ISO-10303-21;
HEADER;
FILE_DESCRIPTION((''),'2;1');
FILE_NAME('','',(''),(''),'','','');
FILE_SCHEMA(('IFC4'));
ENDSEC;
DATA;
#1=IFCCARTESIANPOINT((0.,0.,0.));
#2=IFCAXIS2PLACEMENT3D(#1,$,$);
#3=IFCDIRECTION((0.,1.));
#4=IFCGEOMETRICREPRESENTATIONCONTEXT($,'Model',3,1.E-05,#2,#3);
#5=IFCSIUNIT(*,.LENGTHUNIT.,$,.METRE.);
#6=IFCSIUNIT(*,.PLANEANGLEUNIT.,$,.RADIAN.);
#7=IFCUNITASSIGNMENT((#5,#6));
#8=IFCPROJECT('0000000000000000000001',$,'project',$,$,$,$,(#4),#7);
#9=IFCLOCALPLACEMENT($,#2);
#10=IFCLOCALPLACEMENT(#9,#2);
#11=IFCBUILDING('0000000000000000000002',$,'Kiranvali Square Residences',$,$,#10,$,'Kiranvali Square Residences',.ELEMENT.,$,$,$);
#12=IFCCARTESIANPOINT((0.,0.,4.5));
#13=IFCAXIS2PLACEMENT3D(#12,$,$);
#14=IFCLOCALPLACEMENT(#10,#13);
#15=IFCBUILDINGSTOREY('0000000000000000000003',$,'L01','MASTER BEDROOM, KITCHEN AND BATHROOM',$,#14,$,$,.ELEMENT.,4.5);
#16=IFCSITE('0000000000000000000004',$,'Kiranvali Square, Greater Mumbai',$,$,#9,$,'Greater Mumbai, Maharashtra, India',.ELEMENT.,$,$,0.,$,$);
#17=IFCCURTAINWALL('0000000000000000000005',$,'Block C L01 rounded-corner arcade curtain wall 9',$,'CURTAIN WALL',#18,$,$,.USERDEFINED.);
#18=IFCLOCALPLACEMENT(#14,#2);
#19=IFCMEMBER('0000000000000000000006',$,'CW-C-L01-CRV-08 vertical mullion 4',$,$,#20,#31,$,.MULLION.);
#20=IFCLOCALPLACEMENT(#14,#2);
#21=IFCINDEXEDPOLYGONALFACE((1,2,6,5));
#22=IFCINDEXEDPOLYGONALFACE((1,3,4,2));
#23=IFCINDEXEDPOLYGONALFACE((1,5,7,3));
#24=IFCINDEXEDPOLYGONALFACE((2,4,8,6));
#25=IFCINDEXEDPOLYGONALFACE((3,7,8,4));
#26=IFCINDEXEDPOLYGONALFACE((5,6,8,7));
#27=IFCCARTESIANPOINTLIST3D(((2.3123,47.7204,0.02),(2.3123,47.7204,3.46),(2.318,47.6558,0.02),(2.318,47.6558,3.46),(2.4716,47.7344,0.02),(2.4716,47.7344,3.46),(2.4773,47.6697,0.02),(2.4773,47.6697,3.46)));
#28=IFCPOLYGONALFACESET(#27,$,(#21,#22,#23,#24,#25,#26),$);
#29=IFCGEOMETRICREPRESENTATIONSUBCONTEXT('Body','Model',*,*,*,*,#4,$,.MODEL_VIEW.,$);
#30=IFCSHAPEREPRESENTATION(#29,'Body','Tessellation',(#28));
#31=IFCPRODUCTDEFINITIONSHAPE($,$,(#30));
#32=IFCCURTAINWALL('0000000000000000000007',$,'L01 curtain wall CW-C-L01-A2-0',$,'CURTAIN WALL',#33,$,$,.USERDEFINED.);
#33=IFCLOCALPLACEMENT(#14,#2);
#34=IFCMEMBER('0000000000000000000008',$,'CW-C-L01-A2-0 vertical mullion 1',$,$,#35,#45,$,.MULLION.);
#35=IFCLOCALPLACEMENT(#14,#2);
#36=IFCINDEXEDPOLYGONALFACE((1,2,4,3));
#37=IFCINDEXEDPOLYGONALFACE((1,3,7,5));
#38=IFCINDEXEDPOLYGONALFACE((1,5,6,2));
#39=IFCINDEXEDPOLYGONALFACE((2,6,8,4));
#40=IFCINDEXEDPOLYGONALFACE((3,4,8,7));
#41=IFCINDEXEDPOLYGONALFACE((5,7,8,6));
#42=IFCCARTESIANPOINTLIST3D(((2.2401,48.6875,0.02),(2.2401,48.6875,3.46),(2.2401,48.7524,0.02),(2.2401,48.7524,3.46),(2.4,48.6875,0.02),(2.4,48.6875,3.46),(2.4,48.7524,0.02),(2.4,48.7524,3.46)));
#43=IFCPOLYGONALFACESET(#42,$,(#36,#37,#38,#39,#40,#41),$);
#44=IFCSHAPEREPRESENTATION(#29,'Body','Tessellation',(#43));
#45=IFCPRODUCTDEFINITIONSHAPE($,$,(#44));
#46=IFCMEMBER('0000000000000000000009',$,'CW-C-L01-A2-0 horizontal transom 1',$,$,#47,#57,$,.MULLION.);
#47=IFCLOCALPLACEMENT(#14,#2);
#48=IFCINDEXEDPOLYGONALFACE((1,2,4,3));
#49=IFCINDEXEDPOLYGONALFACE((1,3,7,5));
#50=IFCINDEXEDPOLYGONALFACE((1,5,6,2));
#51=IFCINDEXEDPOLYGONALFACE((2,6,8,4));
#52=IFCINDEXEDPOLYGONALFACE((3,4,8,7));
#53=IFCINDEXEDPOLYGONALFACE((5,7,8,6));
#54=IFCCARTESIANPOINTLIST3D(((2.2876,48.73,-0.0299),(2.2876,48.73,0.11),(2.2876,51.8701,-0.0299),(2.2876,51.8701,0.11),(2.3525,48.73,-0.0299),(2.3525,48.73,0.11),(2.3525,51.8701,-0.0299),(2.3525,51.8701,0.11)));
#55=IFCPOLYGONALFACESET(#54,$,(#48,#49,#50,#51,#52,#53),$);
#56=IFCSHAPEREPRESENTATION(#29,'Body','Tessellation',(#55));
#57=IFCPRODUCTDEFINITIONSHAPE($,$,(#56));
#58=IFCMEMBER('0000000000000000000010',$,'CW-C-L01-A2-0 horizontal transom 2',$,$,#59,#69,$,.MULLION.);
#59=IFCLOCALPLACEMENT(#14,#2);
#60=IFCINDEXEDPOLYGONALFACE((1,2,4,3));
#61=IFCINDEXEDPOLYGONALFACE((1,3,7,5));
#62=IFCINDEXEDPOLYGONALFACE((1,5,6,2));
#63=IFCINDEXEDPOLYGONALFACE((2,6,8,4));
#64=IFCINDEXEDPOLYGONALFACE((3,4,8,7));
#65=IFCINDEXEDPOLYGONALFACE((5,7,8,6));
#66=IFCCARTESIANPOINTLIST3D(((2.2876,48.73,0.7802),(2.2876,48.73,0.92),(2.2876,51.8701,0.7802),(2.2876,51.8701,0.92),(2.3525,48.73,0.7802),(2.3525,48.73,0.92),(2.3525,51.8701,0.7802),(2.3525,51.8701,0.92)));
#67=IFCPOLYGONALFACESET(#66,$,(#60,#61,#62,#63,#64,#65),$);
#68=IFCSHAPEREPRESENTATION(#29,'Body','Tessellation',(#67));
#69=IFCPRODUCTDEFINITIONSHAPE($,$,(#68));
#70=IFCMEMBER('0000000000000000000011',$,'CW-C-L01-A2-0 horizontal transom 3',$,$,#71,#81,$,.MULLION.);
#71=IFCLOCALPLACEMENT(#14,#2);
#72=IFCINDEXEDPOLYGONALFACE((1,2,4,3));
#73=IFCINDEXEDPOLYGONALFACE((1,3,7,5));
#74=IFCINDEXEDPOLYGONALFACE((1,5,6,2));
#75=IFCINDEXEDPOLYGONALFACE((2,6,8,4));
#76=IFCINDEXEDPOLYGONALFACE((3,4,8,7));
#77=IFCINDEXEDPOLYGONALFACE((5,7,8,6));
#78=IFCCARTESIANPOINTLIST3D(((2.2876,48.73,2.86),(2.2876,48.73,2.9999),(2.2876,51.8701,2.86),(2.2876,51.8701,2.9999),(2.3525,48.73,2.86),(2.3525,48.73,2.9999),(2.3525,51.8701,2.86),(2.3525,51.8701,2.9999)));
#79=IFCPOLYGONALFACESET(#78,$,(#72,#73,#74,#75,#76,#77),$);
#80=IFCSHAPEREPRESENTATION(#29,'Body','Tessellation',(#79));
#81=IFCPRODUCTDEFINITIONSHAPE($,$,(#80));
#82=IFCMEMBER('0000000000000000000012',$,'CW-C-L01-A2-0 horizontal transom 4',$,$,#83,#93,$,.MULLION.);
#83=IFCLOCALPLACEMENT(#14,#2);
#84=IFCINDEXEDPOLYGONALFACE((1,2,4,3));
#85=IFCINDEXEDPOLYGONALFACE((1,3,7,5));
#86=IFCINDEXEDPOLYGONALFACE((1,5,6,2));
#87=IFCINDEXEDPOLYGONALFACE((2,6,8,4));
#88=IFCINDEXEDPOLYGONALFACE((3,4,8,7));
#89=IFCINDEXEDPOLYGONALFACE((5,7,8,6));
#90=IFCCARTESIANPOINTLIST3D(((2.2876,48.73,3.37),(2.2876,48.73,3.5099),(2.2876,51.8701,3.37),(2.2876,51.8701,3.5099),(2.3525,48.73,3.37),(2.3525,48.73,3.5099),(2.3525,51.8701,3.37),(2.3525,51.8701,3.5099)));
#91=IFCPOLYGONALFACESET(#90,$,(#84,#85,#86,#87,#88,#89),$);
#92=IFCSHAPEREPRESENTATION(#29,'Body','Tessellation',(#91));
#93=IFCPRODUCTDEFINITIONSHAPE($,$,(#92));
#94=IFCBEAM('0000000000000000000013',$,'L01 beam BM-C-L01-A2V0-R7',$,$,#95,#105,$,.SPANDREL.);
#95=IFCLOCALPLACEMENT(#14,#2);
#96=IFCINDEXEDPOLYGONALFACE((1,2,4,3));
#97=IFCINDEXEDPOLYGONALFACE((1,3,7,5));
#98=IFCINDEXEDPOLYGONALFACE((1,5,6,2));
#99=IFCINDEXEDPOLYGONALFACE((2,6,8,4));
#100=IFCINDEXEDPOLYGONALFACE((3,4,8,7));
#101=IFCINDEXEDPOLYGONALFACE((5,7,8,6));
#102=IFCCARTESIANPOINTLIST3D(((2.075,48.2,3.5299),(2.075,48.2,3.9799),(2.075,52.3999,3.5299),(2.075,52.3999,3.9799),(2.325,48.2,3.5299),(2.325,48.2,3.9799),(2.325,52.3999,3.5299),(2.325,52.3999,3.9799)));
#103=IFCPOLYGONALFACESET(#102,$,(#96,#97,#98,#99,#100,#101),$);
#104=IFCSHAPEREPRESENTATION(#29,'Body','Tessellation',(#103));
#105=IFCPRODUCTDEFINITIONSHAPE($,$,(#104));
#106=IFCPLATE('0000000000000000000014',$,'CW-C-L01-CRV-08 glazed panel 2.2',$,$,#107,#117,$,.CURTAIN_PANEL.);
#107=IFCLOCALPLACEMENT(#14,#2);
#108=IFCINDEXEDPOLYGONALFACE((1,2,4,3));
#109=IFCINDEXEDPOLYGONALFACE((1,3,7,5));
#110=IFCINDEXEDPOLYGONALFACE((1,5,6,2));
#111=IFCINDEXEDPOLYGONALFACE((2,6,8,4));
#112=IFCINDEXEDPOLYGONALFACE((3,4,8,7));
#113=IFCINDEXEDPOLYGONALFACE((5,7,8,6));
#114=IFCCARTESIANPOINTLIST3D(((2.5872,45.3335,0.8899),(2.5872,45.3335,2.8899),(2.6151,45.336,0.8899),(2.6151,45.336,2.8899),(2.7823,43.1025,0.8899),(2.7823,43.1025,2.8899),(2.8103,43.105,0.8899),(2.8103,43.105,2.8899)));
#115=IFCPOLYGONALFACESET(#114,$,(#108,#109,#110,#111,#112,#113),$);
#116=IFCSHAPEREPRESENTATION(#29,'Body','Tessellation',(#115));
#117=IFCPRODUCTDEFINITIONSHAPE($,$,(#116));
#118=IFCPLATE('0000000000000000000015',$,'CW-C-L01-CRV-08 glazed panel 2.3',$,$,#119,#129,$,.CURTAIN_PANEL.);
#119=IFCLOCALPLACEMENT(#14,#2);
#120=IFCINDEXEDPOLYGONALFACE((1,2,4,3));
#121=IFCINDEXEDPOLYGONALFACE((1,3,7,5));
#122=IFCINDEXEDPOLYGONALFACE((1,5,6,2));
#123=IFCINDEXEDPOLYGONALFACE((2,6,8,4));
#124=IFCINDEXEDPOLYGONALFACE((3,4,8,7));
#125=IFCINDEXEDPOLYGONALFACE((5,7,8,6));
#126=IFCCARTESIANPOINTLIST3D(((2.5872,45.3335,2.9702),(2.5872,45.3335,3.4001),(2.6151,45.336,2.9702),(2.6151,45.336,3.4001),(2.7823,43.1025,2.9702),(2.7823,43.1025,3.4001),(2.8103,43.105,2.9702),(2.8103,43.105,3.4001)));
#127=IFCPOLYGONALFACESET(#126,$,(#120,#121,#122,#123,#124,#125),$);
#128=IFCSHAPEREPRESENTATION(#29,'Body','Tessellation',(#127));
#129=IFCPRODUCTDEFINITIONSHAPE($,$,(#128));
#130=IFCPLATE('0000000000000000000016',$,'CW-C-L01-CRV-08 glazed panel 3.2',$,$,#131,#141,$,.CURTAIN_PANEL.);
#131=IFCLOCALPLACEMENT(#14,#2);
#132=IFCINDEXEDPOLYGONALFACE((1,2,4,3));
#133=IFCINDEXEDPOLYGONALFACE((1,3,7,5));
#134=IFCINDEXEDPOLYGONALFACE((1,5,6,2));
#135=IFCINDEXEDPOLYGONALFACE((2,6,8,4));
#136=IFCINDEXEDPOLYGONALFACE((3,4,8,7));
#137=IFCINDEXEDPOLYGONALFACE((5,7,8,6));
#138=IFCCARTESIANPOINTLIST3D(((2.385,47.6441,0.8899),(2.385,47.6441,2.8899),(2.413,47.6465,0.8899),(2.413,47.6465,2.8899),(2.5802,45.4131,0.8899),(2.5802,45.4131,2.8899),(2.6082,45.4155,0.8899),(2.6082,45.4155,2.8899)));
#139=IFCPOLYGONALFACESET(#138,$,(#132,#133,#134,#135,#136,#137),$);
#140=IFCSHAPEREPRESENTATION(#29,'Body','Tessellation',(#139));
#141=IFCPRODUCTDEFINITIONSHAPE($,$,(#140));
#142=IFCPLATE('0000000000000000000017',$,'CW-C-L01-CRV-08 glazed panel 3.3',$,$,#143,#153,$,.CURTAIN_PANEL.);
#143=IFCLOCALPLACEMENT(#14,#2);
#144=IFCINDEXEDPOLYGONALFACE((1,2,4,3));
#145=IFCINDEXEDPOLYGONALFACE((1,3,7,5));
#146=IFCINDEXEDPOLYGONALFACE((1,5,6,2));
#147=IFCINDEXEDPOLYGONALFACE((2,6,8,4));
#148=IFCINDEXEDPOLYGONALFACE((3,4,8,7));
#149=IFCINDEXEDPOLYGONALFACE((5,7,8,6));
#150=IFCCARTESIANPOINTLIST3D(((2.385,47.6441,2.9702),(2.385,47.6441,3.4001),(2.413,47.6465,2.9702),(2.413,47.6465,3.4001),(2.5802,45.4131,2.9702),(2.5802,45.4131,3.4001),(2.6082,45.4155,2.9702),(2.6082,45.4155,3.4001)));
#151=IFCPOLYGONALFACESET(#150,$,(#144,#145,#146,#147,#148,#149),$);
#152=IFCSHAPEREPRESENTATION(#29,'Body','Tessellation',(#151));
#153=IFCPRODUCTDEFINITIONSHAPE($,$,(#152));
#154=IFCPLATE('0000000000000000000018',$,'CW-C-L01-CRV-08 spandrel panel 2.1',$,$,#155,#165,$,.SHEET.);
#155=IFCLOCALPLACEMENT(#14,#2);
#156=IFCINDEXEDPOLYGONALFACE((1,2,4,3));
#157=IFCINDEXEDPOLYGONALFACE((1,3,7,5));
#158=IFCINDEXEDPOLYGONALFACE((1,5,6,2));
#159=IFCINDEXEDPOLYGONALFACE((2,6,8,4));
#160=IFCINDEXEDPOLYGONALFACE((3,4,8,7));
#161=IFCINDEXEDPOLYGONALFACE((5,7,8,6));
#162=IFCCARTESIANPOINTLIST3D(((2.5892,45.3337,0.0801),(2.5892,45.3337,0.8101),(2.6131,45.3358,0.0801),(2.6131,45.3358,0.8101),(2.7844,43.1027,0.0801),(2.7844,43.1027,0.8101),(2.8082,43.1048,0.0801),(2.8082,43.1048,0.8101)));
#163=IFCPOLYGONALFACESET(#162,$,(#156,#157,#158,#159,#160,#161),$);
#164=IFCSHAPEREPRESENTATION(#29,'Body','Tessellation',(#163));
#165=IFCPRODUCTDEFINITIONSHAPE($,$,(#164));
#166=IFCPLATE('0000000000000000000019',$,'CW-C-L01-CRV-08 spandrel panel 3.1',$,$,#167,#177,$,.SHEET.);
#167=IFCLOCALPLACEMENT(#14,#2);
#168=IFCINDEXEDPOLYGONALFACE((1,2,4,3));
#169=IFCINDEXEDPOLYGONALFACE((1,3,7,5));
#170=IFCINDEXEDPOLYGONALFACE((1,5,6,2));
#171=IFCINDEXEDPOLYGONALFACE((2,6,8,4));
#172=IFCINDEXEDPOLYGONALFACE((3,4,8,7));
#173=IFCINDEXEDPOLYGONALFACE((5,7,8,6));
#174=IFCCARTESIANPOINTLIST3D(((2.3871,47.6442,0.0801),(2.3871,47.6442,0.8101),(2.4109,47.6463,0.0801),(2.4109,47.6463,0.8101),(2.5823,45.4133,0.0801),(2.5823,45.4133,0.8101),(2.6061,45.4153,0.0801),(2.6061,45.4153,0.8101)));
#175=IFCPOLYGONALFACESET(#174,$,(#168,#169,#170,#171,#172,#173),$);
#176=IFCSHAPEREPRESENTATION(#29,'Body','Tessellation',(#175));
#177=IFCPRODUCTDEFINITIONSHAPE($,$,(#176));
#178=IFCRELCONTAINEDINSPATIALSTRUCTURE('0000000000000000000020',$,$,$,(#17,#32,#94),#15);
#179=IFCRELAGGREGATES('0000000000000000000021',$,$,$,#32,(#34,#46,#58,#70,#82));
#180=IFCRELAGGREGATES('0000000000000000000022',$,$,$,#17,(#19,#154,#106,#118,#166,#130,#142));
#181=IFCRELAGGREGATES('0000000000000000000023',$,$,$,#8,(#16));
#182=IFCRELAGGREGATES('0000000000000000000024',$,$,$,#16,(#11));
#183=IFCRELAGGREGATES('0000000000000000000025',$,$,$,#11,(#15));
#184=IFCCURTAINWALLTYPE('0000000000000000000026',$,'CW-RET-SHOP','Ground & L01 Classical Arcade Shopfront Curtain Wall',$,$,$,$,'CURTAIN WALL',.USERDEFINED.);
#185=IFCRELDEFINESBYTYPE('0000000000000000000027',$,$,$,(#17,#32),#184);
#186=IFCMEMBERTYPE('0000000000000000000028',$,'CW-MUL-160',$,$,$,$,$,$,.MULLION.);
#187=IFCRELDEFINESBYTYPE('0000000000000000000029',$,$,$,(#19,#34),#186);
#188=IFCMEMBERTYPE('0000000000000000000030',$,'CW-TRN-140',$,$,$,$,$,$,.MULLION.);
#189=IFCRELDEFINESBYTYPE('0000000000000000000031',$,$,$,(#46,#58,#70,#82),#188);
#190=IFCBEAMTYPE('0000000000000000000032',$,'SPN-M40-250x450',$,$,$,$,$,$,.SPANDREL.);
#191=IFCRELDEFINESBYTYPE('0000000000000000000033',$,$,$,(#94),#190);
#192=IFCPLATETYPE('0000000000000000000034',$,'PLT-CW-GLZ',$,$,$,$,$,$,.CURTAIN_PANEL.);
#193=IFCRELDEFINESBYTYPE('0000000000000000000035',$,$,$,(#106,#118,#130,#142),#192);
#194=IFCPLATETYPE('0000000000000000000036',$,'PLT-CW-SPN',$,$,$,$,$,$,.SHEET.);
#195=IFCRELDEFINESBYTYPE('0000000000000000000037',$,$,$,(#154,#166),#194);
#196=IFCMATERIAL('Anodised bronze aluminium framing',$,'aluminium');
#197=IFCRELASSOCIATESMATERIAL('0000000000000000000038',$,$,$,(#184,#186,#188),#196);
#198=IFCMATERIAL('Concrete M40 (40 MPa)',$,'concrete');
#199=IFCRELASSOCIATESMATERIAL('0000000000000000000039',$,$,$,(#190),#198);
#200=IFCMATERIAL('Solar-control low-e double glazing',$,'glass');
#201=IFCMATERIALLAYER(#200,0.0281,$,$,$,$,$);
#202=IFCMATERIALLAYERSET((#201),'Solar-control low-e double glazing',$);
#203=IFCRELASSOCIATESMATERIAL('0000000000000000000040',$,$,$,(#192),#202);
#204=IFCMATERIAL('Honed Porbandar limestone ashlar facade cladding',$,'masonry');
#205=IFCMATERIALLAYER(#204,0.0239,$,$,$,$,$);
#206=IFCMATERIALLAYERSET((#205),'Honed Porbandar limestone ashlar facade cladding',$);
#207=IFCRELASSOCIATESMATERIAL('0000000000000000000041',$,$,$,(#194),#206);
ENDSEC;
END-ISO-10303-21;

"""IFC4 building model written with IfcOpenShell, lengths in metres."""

from ifc_helpers import new_model, si_unit, direction, frame, origin, origin_2d, place, context, subcontext, project, spatial, rectangle, extrude, material, layer, layer_set, material_profile, profile_set, type_object, element, aggregate, save


model = new_model("IFC4")

# Units and contexts
model_context = context("Model", 3, precision=1e-05, world=origin(), true_north=direction((0.0, 1.0)))
body_context = subcontext(model_context, "Body", "Model", "MODEL_VIEW")
ifc_project = project(units=[si_unit("LENGTHUNIT", "METRE"), si_unit("PLANEANGLEUNIT", "RADIAN")], contexts=[model_context])

# Site, building, storey
site_placement = place(None, origin())
site = spatial("IfcSite", under=ifc_project, at=site_placement, Name="Kiranvali Square, Greater Mumbai", LongName="Greater Mumbai, Maharashtra, India", CompositionType="ELEMENT", RefElevation=0.0)
building_placement = place(site_placement, origin())
building = spatial("IfcBuilding", under=site, at=building_placement, Name="Kiranvali Square Residences", LongName="Kiranvali Square Residences", CompositionType="ELEMENT")
storey_placement = place(building_placement, frame((0.0, 0.0, 4.5)))
storey = spatial("IfcBuildingStorey", under=building, at=storey_placement, Name="L01", Description="MASTER BEDROOM, KITCHEN AND BATHROOM", CompositionType="ELEMENT", Elevation=4.5)

# Shared definitions
ifc_material_1 = material(Name="Concrete M40 (40 MPa)", Category="concrete")

# Curtain walls, members
ifc_material_2 = material(Name="Anodised bronze aluminium framing", Category="aluminium")
curtain_wall_type = type_object("IfcCurtainWallType", Name="CW-RET-SHOP", Description="Ground & L01 Classical Arcade Shopfront Curtain Wall", ElementType="CURTAIN WALL", PredefinedType="USERDEFINED", material=ifc_material_2)
curtain_wall_1_placement = place(storey_placement, origin())
curtain_wall_1 = element("IfcCurtainWall", 1, at=curtain_wall_1_placement, inside=storey, type_object=curtain_wall_type, Name="Block C L01 rounded-corner arcade curtain wall 9", ObjectType="CURTAIN WALL", PredefinedType="USERDEFINED")
ifc_material_profile_1 = material_profile(ifc_material_2, rectangle(XDim=0.0649, YDim=0.1599, at=origin_2d()), Name="ALU 65x160")
ifc_profile_set_1 = profile_set([ifc_material_profile_1], Name="Anodised bronze aluminium framing")
member_type_1 = type_object("IfcMemberType", Name="CW-MUL-160", PredefinedType="MULLION", material=ifc_profile_set_1)
member_1_placement = place(storey_placement, frame((2.3948, 47.6951, 0.02), z_axis=(0.0, 0.0, 1.0), x_axis=(-0.087156, 0.996195, 0.0)))
member_1 = element("IfcMember", 2, at=member_1_placement, type_object=member_type_1, Name="CW-C-L01-CRV-08 vertical mullion 4", PredefinedType="MULLION", context=body_context, shape_type="SweptSolid", body=[
    extrude(rectangle(XDim=0.0649, YDim=0.1599, at=origin_2d()), origin(), (0.0, 0.0, 1.0), 3.4399),
])
curtain_wall_2_placement = place(storey_placement, origin())
curtain_wall_2 = element("IfcCurtainWall", 3, at=curtain_wall_2_placement, inside=storey, type_object=curtain_wall_type, Name="L01 curtain wall CW-C-L01-A2-0", ObjectType="CURTAIN WALL", PredefinedType="USERDEFINED")
member_2_placement = place(storey_placement, frame((2.3201, 48.72, 0.02), z_axis=(0.0, 0.0, 1.0), x_axis=(0.0, 1.0, 0.0)))
member_2 = element("IfcMember", 4, at=member_2_placement, type_object=member_type_1, Name="CW-C-L01-A2-0 vertical mullion 1", PredefinedType="MULLION", context=body_context, shape_type="SweptSolid", body=[
    extrude(rectangle(XDim=0.0649, YDim=0.1599, at=origin_2d()), origin(), (0.0, 0.0, 1.0), 3.4399),
])
ifc_material_profile_2 = material_profile(ifc_material_2, rectangle(XDim=0.0649, YDim=0.1399, at=origin_2d()), Name="ALU 65x140")
ifc_profile_set_2 = profile_set([ifc_material_profile_2], Name="Anodised bronze aluminium framing")
member_type_2 = type_object("IfcMemberType", Name="CW-TRN-140", PredefinedType="MULLION", material=ifc_profile_set_2)
member_3_placement = place(storey_placement, frame((2.3201, 48.73, 0.04), z_axis=(0.0, 1.0, 0.0), x_axis=(-1.0, 0.0, 0.0)))
member_3 = element("IfcMember", 5, at=member_3_placement, type_object=member_type_2, Name="CW-C-L01-A2-0 horizontal transom 1", PredefinedType="MULLION", context=body_context, shape_type="SweptSolid", body=[
    extrude(rectangle(XDim=0.0649, YDim=0.1399, at=origin_2d()), origin(), (0.0, 0.0, 1.0), 3.1401),
])
member_4_placement = place(storey_placement, frame((2.3201, 48.73, 0.8501), z_axis=(0.0, 1.0, 0.0), x_axis=(-1.0, 0.0, 0.0)))
member_4 = element("IfcMember", 6, at=member_4_placement, type_object=member_type_2, Name="CW-C-L01-A2-0 horizontal transom 2", PredefinedType="MULLION", context=body_context, shape_type="SweptSolid", body=[
    extrude(rectangle(XDim=0.0649, YDim=0.1399, at=origin_2d()), origin(), (0.0, 0.0, 1.0), 3.1401),
])
member_5_placement = place(storey_placement, frame((2.3201, 48.73, 2.9299), z_axis=(0.0, 1.0, 0.0), x_axis=(-1.0, 0.0, 0.0)))
member_5 = element("IfcMember", 7, at=member_5_placement, type_object=member_type_2, Name="CW-C-L01-A2-0 horizontal transom 3", PredefinedType="MULLION", context=body_context, shape_type="SweptSolid", body=[
    extrude(rectangle(XDim=0.0649, YDim=0.1399, at=origin_2d()), origin(), (0.0, 0.0, 1.0), 3.1401),
])
member_6_placement = place(storey_placement, frame((2.3201, 48.73, 3.4399), z_axis=(0.0, 1.0, 0.0), x_axis=(-1.0, 0.0, 0.0)))
member_6 = element("IfcMember", 8, at=member_6_placement, type_object=member_type_2, Name="CW-C-L01-A2-0 horizontal transom 4", PredefinedType="MULLION", context=body_context, shape_type="SweptSolid", body=[
    extrude(rectangle(XDim=0.0649, YDim=0.1399, at=origin_2d()), origin(), (0.0, 0.0, 1.0), 3.1401),
])
aggregate(curtain_wall_2, [member_2, member_3, member_4, member_5, member_6])

# Beam
ifc_material_profile_3 = material_profile(ifc_material_1, rectangle(XDim=0.25, YDim=0.45, at=origin_2d()), Name="RC 250x450")
ifc_profile_set_3 = profile_set([ifc_material_profile_3], Name="Concrete M40 (40 MPa)")
beam_type_1 = type_object("IfcBeamType", Name="SPN-M40-250x450", PredefinedType="SPANDREL", material=ifc_profile_set_3)
beam_1_placement = place(storey_placement, frame((2.2, 48.2, 3.7549), z_axis=(0.0, 1.0, 0.0), x_axis=(-1.0, 0.0, 0.0)))
element("IfcBeam", 9, at=beam_1_placement, inside=storey, type_object=beam_type_1, Name="L01 beam BM-C-L01-A2V0-R7", PredefinedType="SPANDREL", context=body_context, shape_type="SweptSolid", body=[
    extrude(rectangle(XDim=0.25, YDim=0.45, at=origin_2d()), origin(), (0.0, 0.0, 1.0), 4.2),
])

# Plates
ifc_material_3 = material(Name="Solar-control low-e double glazing", Category="glass")
ifc_layer_1 = layer(ifc_material_3, 0.0281)
ifc_layer_set_1 = layer_set([ifc_layer_1], Name="Solar-control low-e double glazing")
plate_type_1 = type_object("IfcPlateType", Name="PLT-CW-GLZ", PredefinedType="CURTAIN_PANEL", material=ifc_layer_set_1)
plate_1_placement = place(storey_placement, frame((2.6987, 44.2192, 0.8899), z_axis=(0.0, 0.0, 1.0), x_axis=(-0.087156, 0.996195, 0.0)))
plate_1 = element("IfcPlate", 10, at=plate_1_placement, type_object=plate_type_1, Name="CW-C-L01-CRV-08 glazed panel 2.2", PredefinedType="CURTAIN_PANEL", context=body_context, shape_type="SweptSolid", body=[
    extrude(rectangle(XDim=2.2395, YDim=0.0281, at=origin_2d()), origin(), (0.0, 0.0, 1.0), 2.0),
])
plate_2_placement = place(storey_placement, frame((2.6987, 44.2192, 2.9702), z_axis=(0.0, 0.0, 1.0), x_axis=(-0.087156, 0.996195, 0.0)))
plate_2 = element("IfcPlate", 11, at=plate_2_placement, type_object=plate_type_1, Name="CW-C-L01-CRV-08 glazed panel 2.3", PredefinedType="CURTAIN_PANEL", context=body_context, shape_type="SweptSolid", body=[
    extrude(rectangle(XDim=2.2395, YDim=0.0281, at=origin_2d()), origin(), (0.0, 0.0, 1.0), 0.4299),
])
plate_3_placement = place(storey_placement, frame((2.4966, 46.5298, 0.8899), z_axis=(0.0, 0.0, 1.0), x_axis=(-0.087156, 0.996195, 0.0)))
plate_3 = element("IfcPlate", 12, at=plate_3_placement, type_object=plate_type_1, Name="CW-C-L01-CRV-08 glazed panel 3.2", PredefinedType="CURTAIN_PANEL", context=body_context, shape_type="SweptSolid", body=[
    extrude(rectangle(XDim=2.2395, YDim=0.0281, at=origin_2d()), origin(), (0.0, 0.0, 1.0), 2.0),
])
plate_4_placement = place(storey_placement, frame((2.4966, 46.5298, 2.9702), z_axis=(0.0, 0.0, 1.0), x_axis=(-0.087156, 0.996195, 0.0)))
plate_4 = element("IfcPlate", 13, at=plate_4_placement, type_object=plate_type_1, Name="CW-C-L01-CRV-08 glazed panel 3.3", PredefinedType="CURTAIN_PANEL", context=body_context, shape_type="SweptSolid", body=[
    extrude(rectangle(XDim=2.2395, YDim=0.0281, at=origin_2d()), origin(), (0.0, 0.0, 1.0), 0.4299),
])
ifc_material_4 = material(Name="Honed Porbandar limestone ashlar facade cladding", Category="masonry")
ifc_layer_2 = layer(ifc_material_4, 0.0239)
ifc_layer_set_2 = layer_set([ifc_layer_2], Name="Honed Porbandar limestone ashlar facade cladding")
plate_type_2 = type_object("IfcPlateType", Name="PLT-CW-SPN", PredefinedType="SHEET", material=ifc_layer_set_2)
plate_5_placement = place(storey_placement, frame((2.6987, 44.2192, 0.0801), z_axis=(0.0, 0.0, 1.0), x_axis=(-0.087156, 0.996195, 0.0)))
plate_5 = element("IfcPlate", 14, at=plate_5_placement, type_object=plate_type_2, Name="CW-C-L01-CRV-08 spandrel panel 2.1", PredefinedType="SHEET", context=body_context, shape_type="SweptSolid", body=[
    extrude(rectangle(XDim=2.2395, YDim=0.0239, at=origin_2d()), origin(), (0.0, 0.0, 1.0), 0.73),
])
plate_6_placement = place(storey_placement, frame((2.4966, 46.5298, 0.0801), z_axis=(0.0, 0.0, 1.0), x_axis=(-0.087156, 0.996195, 0.0)))
plate_6 = element("IfcPlate", 15, at=plate_6_placement, type_object=plate_type_2, Name="CW-C-L01-CRV-08 spandrel panel 3.1", PredefinedType="SHEET", context=body_context, shape_type="SweptSolid", body=[
    extrude(rectangle(XDim=2.2395, YDim=0.0239, at=origin_2d()), origin(), (0.0, 0.0, 1.0), 0.73),
])
aggregate(curtain_wall_1, [member_1, plate_5, plate_1, plate_2, plate_6, plate_3, plate_4])

save(model, "model.ifc")
